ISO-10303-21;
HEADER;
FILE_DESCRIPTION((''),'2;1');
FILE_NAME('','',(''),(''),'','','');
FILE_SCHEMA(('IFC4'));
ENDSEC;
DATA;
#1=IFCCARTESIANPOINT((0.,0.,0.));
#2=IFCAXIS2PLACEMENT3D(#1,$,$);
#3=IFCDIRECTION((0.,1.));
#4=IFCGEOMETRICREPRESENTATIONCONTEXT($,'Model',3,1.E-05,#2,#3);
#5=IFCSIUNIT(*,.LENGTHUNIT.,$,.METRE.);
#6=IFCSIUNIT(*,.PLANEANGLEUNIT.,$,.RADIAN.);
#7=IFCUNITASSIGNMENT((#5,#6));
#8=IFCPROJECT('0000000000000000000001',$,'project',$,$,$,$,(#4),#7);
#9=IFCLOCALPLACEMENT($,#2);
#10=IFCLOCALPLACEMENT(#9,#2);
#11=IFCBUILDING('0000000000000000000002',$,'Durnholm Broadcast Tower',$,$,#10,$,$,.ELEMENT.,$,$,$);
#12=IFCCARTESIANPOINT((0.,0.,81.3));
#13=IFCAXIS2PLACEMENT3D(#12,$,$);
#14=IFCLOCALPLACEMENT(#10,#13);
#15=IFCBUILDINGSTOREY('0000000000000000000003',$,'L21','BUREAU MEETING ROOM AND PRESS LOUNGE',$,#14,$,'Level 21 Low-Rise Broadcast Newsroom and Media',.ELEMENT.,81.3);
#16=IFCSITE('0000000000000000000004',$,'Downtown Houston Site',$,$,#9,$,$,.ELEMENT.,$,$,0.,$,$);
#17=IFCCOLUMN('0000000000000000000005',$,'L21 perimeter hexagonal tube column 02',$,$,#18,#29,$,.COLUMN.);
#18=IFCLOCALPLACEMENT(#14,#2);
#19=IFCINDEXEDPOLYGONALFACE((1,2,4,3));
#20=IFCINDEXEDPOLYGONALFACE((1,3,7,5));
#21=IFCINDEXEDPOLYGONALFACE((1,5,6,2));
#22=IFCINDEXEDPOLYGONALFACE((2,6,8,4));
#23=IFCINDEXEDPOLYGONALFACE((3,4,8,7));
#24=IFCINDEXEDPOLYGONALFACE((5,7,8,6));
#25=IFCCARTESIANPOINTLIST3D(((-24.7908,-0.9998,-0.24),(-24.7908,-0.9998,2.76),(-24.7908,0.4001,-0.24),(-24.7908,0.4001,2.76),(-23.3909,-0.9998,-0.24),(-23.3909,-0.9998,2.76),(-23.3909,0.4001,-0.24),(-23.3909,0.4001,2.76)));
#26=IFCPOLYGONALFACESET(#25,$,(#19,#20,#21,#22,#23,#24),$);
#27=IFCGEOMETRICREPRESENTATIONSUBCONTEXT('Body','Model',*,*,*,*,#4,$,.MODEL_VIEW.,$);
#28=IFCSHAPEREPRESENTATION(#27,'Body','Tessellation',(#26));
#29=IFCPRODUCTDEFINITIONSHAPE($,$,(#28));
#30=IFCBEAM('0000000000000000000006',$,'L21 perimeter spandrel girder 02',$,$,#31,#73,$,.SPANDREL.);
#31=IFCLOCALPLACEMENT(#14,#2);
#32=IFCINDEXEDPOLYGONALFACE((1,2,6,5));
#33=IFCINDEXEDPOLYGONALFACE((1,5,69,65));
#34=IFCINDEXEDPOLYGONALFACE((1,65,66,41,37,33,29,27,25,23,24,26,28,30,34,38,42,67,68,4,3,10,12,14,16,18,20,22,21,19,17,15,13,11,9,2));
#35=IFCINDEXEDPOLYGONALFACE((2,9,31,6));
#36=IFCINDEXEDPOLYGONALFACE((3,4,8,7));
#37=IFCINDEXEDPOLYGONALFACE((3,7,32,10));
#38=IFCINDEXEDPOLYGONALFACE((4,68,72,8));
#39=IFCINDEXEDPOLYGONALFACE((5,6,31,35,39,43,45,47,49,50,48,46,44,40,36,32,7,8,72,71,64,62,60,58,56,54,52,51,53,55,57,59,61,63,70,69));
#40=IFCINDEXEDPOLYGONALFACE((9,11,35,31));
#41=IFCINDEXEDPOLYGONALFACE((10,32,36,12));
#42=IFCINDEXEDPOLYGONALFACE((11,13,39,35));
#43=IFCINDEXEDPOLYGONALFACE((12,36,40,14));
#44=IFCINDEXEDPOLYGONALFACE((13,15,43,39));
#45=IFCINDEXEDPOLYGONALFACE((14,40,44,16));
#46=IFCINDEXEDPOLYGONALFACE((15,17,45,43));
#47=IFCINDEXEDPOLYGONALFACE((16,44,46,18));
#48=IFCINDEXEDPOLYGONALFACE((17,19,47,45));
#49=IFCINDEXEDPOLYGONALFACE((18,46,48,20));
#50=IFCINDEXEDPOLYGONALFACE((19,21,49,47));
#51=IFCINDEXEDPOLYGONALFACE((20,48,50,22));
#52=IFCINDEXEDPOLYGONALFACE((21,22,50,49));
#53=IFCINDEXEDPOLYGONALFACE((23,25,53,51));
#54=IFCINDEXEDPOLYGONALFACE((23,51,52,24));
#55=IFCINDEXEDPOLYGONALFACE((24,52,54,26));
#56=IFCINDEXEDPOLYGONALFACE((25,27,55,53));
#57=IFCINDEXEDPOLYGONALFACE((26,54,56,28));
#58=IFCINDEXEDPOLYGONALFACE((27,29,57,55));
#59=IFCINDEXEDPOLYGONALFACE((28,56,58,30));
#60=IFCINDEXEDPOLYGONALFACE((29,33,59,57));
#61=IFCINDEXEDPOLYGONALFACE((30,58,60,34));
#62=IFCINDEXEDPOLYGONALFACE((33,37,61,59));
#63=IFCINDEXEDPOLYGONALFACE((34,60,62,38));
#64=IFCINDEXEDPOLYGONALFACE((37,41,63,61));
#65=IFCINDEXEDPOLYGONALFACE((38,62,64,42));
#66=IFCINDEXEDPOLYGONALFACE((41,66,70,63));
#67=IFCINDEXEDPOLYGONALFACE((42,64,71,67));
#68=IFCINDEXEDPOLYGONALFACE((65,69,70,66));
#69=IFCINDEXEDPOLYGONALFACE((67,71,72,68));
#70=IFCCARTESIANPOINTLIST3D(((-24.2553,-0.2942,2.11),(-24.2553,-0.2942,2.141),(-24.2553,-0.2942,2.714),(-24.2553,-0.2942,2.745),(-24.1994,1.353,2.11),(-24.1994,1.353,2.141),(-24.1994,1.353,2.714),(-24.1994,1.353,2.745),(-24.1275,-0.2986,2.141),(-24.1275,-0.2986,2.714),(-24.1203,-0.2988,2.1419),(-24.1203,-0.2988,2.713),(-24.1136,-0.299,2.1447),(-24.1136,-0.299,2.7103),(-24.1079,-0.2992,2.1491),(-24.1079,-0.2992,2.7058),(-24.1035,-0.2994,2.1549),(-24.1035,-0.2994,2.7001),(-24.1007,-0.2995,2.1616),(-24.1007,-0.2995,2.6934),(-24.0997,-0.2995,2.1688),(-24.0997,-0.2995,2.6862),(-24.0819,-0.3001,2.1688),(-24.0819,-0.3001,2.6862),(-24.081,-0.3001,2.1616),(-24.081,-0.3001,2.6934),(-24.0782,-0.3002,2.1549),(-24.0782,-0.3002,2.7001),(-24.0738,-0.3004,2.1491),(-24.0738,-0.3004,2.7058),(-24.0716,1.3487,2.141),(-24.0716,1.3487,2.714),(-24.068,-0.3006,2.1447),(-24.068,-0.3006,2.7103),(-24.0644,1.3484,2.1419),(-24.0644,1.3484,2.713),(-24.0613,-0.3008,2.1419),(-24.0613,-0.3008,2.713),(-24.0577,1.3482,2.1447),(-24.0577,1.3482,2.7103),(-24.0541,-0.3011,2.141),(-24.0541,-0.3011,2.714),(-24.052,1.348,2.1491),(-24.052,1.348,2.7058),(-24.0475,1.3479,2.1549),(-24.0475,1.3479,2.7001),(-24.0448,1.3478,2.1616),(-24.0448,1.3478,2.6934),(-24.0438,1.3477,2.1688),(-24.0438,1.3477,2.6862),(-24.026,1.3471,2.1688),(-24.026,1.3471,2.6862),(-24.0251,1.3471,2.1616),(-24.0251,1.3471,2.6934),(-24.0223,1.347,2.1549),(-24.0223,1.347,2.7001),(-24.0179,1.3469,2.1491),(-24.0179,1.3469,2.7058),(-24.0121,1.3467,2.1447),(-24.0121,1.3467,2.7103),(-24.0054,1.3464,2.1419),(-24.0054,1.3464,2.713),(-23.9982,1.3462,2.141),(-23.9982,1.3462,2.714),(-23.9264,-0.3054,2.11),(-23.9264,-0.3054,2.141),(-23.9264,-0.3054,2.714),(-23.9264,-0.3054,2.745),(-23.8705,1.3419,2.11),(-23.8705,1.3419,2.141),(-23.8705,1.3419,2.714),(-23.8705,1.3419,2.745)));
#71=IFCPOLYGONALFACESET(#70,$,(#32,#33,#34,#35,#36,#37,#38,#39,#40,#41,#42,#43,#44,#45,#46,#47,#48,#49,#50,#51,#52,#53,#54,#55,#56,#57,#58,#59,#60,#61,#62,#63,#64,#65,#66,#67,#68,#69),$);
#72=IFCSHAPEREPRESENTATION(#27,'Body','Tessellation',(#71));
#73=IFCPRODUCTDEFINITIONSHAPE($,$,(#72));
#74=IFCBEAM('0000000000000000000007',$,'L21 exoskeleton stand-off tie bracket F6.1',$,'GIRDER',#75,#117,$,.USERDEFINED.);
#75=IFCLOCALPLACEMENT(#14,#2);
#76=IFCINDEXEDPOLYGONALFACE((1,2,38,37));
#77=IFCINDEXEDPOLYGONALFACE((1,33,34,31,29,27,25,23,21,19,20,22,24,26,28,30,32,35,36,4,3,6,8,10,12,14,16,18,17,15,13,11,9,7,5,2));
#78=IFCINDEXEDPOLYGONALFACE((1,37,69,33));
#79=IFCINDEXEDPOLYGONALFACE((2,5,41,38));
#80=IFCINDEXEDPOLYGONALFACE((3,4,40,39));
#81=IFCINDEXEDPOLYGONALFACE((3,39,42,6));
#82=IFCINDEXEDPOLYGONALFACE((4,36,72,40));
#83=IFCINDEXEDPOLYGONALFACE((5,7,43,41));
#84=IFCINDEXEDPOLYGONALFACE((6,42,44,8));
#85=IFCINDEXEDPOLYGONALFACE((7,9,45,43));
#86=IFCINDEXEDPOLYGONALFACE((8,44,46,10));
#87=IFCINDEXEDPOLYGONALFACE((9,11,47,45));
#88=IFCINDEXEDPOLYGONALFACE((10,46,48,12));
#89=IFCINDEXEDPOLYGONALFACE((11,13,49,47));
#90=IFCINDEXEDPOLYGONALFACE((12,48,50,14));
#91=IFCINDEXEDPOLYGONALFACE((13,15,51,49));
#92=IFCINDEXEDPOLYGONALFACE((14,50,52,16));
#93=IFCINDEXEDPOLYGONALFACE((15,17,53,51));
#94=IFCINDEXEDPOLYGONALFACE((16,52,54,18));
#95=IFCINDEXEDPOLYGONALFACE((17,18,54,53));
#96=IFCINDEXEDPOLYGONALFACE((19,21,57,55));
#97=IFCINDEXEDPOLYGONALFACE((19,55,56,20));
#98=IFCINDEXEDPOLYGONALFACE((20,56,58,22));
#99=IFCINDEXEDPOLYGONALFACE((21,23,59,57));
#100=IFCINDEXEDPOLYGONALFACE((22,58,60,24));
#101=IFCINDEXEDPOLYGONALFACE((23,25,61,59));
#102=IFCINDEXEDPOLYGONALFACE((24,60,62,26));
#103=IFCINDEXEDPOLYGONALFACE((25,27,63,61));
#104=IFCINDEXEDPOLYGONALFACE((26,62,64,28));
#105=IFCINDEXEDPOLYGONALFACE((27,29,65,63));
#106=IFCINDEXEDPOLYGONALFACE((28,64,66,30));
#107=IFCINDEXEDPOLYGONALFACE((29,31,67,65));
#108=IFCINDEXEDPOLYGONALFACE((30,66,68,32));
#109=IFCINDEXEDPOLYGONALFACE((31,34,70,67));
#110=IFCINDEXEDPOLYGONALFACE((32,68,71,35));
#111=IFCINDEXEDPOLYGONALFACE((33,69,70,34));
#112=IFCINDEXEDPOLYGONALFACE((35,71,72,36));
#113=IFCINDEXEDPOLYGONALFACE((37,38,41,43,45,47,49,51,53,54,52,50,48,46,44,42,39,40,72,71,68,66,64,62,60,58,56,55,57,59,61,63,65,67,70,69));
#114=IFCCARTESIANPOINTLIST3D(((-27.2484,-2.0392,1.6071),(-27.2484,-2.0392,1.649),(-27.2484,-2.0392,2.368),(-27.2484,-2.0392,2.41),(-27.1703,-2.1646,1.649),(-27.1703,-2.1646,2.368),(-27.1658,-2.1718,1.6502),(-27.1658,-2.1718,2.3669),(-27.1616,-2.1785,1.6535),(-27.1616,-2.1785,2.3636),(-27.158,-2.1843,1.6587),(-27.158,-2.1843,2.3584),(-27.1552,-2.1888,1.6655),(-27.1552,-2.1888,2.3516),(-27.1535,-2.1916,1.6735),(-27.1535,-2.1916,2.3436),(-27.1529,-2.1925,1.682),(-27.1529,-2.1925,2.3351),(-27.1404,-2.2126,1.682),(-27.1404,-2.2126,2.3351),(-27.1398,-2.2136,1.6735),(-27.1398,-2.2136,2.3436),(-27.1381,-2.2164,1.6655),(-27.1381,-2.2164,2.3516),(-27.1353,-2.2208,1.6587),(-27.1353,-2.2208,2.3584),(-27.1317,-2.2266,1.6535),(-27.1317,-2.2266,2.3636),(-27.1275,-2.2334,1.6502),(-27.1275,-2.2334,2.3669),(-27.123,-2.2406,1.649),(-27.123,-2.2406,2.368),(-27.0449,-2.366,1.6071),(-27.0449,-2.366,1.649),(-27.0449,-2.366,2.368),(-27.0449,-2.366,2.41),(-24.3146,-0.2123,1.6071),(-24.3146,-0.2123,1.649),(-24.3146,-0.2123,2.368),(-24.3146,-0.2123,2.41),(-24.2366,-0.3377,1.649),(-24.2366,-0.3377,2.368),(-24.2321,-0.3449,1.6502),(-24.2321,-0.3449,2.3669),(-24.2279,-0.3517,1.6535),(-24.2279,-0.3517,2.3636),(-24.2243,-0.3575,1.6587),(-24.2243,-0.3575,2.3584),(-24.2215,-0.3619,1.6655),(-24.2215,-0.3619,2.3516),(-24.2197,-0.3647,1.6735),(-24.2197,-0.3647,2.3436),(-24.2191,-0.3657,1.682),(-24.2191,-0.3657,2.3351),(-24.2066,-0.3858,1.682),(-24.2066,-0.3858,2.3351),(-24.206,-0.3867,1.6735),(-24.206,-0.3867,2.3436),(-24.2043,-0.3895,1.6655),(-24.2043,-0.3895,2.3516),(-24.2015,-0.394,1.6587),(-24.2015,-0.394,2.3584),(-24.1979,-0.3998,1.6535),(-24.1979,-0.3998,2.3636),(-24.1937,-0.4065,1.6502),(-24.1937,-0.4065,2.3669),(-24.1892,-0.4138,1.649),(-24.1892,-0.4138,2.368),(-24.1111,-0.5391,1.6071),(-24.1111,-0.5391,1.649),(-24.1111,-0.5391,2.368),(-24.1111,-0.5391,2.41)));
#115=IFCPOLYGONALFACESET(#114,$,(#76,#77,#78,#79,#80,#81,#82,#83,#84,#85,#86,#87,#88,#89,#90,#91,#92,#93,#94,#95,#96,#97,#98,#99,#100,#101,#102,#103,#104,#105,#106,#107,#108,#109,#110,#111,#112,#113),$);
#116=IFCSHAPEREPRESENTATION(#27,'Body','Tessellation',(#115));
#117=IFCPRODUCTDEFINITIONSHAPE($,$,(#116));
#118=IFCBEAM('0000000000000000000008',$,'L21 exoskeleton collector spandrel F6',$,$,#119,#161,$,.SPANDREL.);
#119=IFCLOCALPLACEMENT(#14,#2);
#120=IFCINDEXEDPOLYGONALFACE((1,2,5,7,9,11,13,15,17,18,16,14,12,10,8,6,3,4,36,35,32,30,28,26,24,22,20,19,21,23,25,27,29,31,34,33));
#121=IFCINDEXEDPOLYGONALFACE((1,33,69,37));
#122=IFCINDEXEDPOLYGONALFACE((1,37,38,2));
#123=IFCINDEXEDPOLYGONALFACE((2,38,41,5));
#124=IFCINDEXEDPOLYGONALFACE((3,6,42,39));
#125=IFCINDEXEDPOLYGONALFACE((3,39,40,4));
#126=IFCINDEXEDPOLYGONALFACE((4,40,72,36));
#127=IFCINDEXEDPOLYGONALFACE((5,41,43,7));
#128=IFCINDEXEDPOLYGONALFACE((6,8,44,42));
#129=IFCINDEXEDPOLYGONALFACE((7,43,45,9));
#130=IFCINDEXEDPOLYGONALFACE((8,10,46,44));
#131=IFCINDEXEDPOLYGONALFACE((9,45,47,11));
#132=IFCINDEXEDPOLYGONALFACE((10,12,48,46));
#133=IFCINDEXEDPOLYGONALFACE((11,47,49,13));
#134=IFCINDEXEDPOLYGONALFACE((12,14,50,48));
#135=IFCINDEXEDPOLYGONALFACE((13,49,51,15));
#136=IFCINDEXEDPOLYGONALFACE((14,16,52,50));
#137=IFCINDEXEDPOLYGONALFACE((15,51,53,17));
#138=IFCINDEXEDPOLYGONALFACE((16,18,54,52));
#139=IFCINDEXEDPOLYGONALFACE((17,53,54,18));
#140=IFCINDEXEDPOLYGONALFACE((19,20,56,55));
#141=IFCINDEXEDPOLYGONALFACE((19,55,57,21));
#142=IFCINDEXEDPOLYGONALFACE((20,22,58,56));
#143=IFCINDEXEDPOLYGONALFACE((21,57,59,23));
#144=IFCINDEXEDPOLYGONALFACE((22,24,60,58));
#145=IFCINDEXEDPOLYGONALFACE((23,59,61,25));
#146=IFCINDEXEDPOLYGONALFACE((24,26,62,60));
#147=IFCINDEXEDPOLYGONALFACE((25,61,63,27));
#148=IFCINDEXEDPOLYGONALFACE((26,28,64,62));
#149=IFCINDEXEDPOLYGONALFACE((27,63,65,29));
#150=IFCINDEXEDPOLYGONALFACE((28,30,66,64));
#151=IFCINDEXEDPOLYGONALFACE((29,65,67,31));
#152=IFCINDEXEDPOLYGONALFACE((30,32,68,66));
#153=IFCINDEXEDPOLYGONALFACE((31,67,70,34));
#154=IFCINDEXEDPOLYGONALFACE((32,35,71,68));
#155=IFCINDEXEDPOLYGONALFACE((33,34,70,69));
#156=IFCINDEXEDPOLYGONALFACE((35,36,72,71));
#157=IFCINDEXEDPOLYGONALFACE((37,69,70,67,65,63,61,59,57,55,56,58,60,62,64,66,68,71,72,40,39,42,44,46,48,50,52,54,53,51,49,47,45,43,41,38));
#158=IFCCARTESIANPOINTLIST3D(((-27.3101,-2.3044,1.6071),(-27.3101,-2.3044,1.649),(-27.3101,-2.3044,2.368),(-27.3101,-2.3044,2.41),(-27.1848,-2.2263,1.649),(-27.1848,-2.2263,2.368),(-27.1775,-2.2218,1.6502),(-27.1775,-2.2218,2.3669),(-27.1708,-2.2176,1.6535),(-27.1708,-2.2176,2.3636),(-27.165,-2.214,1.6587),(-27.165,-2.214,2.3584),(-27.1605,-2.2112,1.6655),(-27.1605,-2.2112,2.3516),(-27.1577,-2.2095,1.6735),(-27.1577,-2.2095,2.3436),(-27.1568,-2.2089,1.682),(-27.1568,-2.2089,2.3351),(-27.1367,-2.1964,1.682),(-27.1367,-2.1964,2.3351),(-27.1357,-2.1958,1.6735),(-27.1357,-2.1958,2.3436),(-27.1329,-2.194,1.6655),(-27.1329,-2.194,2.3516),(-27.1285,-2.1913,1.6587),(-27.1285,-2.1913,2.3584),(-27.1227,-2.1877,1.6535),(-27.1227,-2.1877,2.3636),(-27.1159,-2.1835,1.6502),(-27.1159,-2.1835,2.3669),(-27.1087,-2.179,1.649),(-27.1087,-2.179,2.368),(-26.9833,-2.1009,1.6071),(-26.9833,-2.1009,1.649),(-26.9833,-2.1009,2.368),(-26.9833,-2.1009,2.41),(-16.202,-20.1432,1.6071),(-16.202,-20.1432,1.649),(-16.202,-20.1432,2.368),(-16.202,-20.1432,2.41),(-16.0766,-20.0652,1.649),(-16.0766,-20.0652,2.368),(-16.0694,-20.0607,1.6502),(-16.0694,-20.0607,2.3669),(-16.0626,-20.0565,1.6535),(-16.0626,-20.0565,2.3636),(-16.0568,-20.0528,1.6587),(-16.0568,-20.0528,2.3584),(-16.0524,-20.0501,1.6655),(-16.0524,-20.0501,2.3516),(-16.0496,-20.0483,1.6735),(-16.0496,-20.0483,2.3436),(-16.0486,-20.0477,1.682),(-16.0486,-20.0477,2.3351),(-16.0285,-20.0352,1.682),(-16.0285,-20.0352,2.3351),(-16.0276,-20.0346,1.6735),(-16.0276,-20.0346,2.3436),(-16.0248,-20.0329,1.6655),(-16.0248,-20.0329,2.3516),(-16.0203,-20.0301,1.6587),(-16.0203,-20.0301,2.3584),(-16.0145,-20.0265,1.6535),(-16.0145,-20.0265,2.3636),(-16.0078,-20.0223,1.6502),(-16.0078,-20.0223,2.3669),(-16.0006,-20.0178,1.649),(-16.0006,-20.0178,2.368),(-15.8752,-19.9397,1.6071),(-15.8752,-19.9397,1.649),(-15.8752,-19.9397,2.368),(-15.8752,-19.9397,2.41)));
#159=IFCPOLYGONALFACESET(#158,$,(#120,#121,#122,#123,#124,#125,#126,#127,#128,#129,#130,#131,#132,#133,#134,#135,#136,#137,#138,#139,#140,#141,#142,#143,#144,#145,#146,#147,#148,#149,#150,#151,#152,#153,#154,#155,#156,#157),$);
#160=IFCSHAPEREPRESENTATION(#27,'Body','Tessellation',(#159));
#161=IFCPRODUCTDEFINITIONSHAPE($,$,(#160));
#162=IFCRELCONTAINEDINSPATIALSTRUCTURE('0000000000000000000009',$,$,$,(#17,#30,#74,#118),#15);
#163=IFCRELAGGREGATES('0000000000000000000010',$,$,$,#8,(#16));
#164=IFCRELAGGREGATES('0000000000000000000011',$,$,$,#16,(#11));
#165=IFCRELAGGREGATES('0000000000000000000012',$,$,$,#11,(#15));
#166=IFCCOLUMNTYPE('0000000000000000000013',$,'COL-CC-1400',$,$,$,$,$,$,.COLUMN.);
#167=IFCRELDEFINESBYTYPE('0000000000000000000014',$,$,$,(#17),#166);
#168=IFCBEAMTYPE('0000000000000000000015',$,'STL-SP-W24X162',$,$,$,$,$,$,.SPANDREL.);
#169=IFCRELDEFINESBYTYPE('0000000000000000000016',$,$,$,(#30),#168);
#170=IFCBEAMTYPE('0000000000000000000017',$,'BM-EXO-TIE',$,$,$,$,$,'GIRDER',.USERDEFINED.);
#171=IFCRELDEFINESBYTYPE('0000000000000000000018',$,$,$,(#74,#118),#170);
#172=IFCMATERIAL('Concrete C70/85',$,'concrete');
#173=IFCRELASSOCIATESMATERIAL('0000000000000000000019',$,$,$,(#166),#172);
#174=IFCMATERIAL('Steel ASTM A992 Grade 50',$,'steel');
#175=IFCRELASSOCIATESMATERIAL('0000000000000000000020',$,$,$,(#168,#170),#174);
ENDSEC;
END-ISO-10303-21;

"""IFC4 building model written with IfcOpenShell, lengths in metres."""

from ifc_helpers import new_model, si_unit, direction, frame, origin, origin_2d, place, context, subcontext, project, spatial, rectangle, i_section, extrude, source, transform, mapped, material, material_profile, profile_set, type_object, type_shapes, element, save


model = new_model("IFC4")

# Units and contexts
model_context = context("Model", 3, precision=1e-05, world=origin(), true_north=direction((0.0, 1.0)))
body_context = subcontext(model_context, "Body", "Model", "MODEL_VIEW")
ifc_project = project(units=[si_unit("LENGTHUNIT", "METRE"), si_unit("PLANEANGLEUNIT", "RADIAN")], contexts=[model_context])

# Site, building, storey
site_placement = place(None, origin())
site = spatial("IfcSite", under=ifc_project, at=site_placement, Name="Downtown Houston Site", CompositionType="ELEMENT", RefElevation=0.0)
building_placement = place(site_placement, origin())
building = spatial("IfcBuilding", under=site, at=building_placement, Name="Durnholm Broadcast Tower", CompositionType="ELEMENT")
storey_placement = place(building_placement, frame((0.0, 0.0, 81.3)))
storey = spatial("IfcBuildingStorey", under=building, at=storey_placement, Name="L21", Description="BUREAU MEETING ROOM AND PRESS LOUNGE", LongName="Level 21 Low-Rise Broadcast Newsroom and Media", CompositionType="ELEMENT", Elevation=81.3)

# Column
ifc_material_1 = material(Name="Concrete C70/85", Category="concrete")
ifc_material_profile_1 = material_profile(ifc_material_1, rectangle(XDim=1.3999, YDim=1.3999, at=origin_2d()), Name="RC1400X1400")
ifc_profile_set_1 = profile_set([ifc_material_profile_1], Name="Concrete C70/85")
column_type = type_object("IfcColumnType", Name="COL-CC-1400", PredefinedType="COLUMN", material=ifc_profile_set_1)
shared_shape_1 = source(origin(), body_context, "Body", "SweptSolid", [
    extrude(rectangle(XDim=1.3999, YDim=1.3999, at=origin_2d()), origin(), (0.0, 0.0, 1.0), 3.0),
])
type_shapes(column_type, [shared_shape_1])
column_placement = place(storey_placement, frame((-24.0908, -0.2998, -0.24), z_axis=(0.0, 0.0, 1.0), x_axis=(1.0, 0.0, 0.0)))
element("IfcColumn", 1, at=column_placement, inside=storey, type_object=column_type, Name="L21 perimeter hexagonal tube column 02", PredefinedType="COLUMN", context=body_context, shape_type="MappedRepresentation", body=[
    mapped(shared_shape_1, transform((0.0, 0.0, 0.0), x_axis=(1.0, 0.0, 0.0), y_axis=(0.0, 1.0, 0.0), z_axis=(0.0, 0.0, 1.0), scale=1.0)),
])

# Beams
ifc_material_2 = material(Name="Steel ASTM A992 Grade 50", Category="steel")
ifc_material_profile_2 = material_profile(ifc_material_2, i_section(OverallWidth=0.3291, OverallDepth=0.635, WebThickness=0.0178, FlangeThickness=0.031, FilletRadius=0.0278, at=origin_2d()), Name="W24X162")
ifc_profile_set_2 = profile_set([ifc_material_profile_2], Name="Steel ASTM A992 Grade 50")
beam_type_1 = type_object("IfcBeamType", Name="STL-SP-W24X162", PredefinedType="SPANDREL", material=ifc_profile_set_2)
shared_shape_2 = source(origin(), body_context, "Body", "SweptSolid", [
    extrude(i_section(OverallWidth=0.3291, OverallDepth=0.635, WebThickness=0.0178, FlangeThickness=0.031, FilletRadius=0.0278, at=origin_2d()), origin(), (0.0, 0.0, 1.0), 1.6482),
])
type_shapes(beam_type_1, [shared_shape_2])
beam_1_placement = place(storey_placement, frame((-24.0908, -0.2998, 2.4275), z_axis=(0.033921, 0.999425, 0.0), x_axis=(-0.999425, 0.033921, 0.0)))
element("IfcBeam", 2, at=beam_1_placement, inside=storey, type_object=beam_type_1, Name="L21 perimeter spandrel girder 02", PredefinedType="SPANDREL", context=body_context, shape_type="MappedRepresentation", body=[
    mapped(shared_shape_2, transform((0.0, 0.0, 0.0), x_axis=(1.0, 0.0, 0.0), y_axis=(0.0, 1.0, 0.0), z_axis=(0.0, 0.0, 1.0), scale=1.0)),
])
ifc_material_profile_3 = material_profile(ifc_material_2, i_section(OverallWidth=0.385, OverallDepth=0.803, WebThickness=0.0237, FlangeThickness=0.042, FilletRadius=0.033, at=origin_2d()), Name="W30X261")
ifc_profile_set_3 = profile_set([ifc_material_profile_3], Name="Steel ASTM A992 Grade 50")
beam_type_2 = type_object("IfcBeamType", Name="BM-EXO-TIE", ElementType="GIRDER", PredefinedType="USERDEFINED", material=ifc_profile_set_3)
shared_shape_3 = source(origin(), body_context, "Body", "SweptSolid", [
    extrude(i_section(OverallWidth=0.385, OverallDepth=0.803, WebThickness=0.0237, FlangeThickness=0.042, FilletRadius=0.033, at=origin_2d()), origin(), (0.0, 0.0, 1.0), 3.4561),
])
beam_2_placement = place(storey_placement, frame((-24.2129, -0.3757, 2.0085), z_axis=(-0.848874, -0.528595, 0.0), x_axis=(0.528595, -0.848874, 0.0)))
element("IfcBeam", 3, at=beam_2_placement, inside=storey, type_object=beam_type_2, Name="L21 exoskeleton stand-off tie bracket F6.1", ObjectType="GIRDER", PredefinedType="USERDEFINED", context=body_context, shape_type="MappedRepresentation", body=[
    mapped(shared_shape_3, transform((0.0, 0.0, 0.0), x_axis=(1.0, 0.0, 0.0), y_axis=(0.0, 1.0, 0.0), z_axis=(0.0, 0.0, 1.0), scale=1.0)),
])
shared_shape_4 = source(origin(), body_context, "Body", "SweptSolid", [
    extrude(i_section(OverallWidth=0.385, OverallDepth=0.803, WebThickness=0.0237, FlangeThickness=0.042, FilletRadius=0.033, at=origin_2d()), origin(), (0.0, 0.0, 1.0), 21.0146),
])
type_shapes(beam_type_2, [shared_shape_3, shared_shape_4])
beam_3_placement = place(storey_placement, frame((-27.1467, -2.2026, 2.0085), z_axis=(0.528591, -0.848877, 0.0), x_axis=(0.848877, 0.528591, 0.0)))
element("IfcBeam", 4, at=beam_3_placement, inside=storey, type_object=beam_type_2, Name="L21 exoskeleton collector spandrel F6", PredefinedType="SPANDREL", context=body_context, shape_type="MappedRepresentation", body=[
    mapped(shared_shape_4, transform((0.0, 0.0, 0.0), x_axis=(1.0, 0.0, 0.0), y_axis=(0.0, 1.0, 0.0), z_axis=(0.0, 0.0, 1.0), scale=1.0)),
])

save(model, "model.ifc")
